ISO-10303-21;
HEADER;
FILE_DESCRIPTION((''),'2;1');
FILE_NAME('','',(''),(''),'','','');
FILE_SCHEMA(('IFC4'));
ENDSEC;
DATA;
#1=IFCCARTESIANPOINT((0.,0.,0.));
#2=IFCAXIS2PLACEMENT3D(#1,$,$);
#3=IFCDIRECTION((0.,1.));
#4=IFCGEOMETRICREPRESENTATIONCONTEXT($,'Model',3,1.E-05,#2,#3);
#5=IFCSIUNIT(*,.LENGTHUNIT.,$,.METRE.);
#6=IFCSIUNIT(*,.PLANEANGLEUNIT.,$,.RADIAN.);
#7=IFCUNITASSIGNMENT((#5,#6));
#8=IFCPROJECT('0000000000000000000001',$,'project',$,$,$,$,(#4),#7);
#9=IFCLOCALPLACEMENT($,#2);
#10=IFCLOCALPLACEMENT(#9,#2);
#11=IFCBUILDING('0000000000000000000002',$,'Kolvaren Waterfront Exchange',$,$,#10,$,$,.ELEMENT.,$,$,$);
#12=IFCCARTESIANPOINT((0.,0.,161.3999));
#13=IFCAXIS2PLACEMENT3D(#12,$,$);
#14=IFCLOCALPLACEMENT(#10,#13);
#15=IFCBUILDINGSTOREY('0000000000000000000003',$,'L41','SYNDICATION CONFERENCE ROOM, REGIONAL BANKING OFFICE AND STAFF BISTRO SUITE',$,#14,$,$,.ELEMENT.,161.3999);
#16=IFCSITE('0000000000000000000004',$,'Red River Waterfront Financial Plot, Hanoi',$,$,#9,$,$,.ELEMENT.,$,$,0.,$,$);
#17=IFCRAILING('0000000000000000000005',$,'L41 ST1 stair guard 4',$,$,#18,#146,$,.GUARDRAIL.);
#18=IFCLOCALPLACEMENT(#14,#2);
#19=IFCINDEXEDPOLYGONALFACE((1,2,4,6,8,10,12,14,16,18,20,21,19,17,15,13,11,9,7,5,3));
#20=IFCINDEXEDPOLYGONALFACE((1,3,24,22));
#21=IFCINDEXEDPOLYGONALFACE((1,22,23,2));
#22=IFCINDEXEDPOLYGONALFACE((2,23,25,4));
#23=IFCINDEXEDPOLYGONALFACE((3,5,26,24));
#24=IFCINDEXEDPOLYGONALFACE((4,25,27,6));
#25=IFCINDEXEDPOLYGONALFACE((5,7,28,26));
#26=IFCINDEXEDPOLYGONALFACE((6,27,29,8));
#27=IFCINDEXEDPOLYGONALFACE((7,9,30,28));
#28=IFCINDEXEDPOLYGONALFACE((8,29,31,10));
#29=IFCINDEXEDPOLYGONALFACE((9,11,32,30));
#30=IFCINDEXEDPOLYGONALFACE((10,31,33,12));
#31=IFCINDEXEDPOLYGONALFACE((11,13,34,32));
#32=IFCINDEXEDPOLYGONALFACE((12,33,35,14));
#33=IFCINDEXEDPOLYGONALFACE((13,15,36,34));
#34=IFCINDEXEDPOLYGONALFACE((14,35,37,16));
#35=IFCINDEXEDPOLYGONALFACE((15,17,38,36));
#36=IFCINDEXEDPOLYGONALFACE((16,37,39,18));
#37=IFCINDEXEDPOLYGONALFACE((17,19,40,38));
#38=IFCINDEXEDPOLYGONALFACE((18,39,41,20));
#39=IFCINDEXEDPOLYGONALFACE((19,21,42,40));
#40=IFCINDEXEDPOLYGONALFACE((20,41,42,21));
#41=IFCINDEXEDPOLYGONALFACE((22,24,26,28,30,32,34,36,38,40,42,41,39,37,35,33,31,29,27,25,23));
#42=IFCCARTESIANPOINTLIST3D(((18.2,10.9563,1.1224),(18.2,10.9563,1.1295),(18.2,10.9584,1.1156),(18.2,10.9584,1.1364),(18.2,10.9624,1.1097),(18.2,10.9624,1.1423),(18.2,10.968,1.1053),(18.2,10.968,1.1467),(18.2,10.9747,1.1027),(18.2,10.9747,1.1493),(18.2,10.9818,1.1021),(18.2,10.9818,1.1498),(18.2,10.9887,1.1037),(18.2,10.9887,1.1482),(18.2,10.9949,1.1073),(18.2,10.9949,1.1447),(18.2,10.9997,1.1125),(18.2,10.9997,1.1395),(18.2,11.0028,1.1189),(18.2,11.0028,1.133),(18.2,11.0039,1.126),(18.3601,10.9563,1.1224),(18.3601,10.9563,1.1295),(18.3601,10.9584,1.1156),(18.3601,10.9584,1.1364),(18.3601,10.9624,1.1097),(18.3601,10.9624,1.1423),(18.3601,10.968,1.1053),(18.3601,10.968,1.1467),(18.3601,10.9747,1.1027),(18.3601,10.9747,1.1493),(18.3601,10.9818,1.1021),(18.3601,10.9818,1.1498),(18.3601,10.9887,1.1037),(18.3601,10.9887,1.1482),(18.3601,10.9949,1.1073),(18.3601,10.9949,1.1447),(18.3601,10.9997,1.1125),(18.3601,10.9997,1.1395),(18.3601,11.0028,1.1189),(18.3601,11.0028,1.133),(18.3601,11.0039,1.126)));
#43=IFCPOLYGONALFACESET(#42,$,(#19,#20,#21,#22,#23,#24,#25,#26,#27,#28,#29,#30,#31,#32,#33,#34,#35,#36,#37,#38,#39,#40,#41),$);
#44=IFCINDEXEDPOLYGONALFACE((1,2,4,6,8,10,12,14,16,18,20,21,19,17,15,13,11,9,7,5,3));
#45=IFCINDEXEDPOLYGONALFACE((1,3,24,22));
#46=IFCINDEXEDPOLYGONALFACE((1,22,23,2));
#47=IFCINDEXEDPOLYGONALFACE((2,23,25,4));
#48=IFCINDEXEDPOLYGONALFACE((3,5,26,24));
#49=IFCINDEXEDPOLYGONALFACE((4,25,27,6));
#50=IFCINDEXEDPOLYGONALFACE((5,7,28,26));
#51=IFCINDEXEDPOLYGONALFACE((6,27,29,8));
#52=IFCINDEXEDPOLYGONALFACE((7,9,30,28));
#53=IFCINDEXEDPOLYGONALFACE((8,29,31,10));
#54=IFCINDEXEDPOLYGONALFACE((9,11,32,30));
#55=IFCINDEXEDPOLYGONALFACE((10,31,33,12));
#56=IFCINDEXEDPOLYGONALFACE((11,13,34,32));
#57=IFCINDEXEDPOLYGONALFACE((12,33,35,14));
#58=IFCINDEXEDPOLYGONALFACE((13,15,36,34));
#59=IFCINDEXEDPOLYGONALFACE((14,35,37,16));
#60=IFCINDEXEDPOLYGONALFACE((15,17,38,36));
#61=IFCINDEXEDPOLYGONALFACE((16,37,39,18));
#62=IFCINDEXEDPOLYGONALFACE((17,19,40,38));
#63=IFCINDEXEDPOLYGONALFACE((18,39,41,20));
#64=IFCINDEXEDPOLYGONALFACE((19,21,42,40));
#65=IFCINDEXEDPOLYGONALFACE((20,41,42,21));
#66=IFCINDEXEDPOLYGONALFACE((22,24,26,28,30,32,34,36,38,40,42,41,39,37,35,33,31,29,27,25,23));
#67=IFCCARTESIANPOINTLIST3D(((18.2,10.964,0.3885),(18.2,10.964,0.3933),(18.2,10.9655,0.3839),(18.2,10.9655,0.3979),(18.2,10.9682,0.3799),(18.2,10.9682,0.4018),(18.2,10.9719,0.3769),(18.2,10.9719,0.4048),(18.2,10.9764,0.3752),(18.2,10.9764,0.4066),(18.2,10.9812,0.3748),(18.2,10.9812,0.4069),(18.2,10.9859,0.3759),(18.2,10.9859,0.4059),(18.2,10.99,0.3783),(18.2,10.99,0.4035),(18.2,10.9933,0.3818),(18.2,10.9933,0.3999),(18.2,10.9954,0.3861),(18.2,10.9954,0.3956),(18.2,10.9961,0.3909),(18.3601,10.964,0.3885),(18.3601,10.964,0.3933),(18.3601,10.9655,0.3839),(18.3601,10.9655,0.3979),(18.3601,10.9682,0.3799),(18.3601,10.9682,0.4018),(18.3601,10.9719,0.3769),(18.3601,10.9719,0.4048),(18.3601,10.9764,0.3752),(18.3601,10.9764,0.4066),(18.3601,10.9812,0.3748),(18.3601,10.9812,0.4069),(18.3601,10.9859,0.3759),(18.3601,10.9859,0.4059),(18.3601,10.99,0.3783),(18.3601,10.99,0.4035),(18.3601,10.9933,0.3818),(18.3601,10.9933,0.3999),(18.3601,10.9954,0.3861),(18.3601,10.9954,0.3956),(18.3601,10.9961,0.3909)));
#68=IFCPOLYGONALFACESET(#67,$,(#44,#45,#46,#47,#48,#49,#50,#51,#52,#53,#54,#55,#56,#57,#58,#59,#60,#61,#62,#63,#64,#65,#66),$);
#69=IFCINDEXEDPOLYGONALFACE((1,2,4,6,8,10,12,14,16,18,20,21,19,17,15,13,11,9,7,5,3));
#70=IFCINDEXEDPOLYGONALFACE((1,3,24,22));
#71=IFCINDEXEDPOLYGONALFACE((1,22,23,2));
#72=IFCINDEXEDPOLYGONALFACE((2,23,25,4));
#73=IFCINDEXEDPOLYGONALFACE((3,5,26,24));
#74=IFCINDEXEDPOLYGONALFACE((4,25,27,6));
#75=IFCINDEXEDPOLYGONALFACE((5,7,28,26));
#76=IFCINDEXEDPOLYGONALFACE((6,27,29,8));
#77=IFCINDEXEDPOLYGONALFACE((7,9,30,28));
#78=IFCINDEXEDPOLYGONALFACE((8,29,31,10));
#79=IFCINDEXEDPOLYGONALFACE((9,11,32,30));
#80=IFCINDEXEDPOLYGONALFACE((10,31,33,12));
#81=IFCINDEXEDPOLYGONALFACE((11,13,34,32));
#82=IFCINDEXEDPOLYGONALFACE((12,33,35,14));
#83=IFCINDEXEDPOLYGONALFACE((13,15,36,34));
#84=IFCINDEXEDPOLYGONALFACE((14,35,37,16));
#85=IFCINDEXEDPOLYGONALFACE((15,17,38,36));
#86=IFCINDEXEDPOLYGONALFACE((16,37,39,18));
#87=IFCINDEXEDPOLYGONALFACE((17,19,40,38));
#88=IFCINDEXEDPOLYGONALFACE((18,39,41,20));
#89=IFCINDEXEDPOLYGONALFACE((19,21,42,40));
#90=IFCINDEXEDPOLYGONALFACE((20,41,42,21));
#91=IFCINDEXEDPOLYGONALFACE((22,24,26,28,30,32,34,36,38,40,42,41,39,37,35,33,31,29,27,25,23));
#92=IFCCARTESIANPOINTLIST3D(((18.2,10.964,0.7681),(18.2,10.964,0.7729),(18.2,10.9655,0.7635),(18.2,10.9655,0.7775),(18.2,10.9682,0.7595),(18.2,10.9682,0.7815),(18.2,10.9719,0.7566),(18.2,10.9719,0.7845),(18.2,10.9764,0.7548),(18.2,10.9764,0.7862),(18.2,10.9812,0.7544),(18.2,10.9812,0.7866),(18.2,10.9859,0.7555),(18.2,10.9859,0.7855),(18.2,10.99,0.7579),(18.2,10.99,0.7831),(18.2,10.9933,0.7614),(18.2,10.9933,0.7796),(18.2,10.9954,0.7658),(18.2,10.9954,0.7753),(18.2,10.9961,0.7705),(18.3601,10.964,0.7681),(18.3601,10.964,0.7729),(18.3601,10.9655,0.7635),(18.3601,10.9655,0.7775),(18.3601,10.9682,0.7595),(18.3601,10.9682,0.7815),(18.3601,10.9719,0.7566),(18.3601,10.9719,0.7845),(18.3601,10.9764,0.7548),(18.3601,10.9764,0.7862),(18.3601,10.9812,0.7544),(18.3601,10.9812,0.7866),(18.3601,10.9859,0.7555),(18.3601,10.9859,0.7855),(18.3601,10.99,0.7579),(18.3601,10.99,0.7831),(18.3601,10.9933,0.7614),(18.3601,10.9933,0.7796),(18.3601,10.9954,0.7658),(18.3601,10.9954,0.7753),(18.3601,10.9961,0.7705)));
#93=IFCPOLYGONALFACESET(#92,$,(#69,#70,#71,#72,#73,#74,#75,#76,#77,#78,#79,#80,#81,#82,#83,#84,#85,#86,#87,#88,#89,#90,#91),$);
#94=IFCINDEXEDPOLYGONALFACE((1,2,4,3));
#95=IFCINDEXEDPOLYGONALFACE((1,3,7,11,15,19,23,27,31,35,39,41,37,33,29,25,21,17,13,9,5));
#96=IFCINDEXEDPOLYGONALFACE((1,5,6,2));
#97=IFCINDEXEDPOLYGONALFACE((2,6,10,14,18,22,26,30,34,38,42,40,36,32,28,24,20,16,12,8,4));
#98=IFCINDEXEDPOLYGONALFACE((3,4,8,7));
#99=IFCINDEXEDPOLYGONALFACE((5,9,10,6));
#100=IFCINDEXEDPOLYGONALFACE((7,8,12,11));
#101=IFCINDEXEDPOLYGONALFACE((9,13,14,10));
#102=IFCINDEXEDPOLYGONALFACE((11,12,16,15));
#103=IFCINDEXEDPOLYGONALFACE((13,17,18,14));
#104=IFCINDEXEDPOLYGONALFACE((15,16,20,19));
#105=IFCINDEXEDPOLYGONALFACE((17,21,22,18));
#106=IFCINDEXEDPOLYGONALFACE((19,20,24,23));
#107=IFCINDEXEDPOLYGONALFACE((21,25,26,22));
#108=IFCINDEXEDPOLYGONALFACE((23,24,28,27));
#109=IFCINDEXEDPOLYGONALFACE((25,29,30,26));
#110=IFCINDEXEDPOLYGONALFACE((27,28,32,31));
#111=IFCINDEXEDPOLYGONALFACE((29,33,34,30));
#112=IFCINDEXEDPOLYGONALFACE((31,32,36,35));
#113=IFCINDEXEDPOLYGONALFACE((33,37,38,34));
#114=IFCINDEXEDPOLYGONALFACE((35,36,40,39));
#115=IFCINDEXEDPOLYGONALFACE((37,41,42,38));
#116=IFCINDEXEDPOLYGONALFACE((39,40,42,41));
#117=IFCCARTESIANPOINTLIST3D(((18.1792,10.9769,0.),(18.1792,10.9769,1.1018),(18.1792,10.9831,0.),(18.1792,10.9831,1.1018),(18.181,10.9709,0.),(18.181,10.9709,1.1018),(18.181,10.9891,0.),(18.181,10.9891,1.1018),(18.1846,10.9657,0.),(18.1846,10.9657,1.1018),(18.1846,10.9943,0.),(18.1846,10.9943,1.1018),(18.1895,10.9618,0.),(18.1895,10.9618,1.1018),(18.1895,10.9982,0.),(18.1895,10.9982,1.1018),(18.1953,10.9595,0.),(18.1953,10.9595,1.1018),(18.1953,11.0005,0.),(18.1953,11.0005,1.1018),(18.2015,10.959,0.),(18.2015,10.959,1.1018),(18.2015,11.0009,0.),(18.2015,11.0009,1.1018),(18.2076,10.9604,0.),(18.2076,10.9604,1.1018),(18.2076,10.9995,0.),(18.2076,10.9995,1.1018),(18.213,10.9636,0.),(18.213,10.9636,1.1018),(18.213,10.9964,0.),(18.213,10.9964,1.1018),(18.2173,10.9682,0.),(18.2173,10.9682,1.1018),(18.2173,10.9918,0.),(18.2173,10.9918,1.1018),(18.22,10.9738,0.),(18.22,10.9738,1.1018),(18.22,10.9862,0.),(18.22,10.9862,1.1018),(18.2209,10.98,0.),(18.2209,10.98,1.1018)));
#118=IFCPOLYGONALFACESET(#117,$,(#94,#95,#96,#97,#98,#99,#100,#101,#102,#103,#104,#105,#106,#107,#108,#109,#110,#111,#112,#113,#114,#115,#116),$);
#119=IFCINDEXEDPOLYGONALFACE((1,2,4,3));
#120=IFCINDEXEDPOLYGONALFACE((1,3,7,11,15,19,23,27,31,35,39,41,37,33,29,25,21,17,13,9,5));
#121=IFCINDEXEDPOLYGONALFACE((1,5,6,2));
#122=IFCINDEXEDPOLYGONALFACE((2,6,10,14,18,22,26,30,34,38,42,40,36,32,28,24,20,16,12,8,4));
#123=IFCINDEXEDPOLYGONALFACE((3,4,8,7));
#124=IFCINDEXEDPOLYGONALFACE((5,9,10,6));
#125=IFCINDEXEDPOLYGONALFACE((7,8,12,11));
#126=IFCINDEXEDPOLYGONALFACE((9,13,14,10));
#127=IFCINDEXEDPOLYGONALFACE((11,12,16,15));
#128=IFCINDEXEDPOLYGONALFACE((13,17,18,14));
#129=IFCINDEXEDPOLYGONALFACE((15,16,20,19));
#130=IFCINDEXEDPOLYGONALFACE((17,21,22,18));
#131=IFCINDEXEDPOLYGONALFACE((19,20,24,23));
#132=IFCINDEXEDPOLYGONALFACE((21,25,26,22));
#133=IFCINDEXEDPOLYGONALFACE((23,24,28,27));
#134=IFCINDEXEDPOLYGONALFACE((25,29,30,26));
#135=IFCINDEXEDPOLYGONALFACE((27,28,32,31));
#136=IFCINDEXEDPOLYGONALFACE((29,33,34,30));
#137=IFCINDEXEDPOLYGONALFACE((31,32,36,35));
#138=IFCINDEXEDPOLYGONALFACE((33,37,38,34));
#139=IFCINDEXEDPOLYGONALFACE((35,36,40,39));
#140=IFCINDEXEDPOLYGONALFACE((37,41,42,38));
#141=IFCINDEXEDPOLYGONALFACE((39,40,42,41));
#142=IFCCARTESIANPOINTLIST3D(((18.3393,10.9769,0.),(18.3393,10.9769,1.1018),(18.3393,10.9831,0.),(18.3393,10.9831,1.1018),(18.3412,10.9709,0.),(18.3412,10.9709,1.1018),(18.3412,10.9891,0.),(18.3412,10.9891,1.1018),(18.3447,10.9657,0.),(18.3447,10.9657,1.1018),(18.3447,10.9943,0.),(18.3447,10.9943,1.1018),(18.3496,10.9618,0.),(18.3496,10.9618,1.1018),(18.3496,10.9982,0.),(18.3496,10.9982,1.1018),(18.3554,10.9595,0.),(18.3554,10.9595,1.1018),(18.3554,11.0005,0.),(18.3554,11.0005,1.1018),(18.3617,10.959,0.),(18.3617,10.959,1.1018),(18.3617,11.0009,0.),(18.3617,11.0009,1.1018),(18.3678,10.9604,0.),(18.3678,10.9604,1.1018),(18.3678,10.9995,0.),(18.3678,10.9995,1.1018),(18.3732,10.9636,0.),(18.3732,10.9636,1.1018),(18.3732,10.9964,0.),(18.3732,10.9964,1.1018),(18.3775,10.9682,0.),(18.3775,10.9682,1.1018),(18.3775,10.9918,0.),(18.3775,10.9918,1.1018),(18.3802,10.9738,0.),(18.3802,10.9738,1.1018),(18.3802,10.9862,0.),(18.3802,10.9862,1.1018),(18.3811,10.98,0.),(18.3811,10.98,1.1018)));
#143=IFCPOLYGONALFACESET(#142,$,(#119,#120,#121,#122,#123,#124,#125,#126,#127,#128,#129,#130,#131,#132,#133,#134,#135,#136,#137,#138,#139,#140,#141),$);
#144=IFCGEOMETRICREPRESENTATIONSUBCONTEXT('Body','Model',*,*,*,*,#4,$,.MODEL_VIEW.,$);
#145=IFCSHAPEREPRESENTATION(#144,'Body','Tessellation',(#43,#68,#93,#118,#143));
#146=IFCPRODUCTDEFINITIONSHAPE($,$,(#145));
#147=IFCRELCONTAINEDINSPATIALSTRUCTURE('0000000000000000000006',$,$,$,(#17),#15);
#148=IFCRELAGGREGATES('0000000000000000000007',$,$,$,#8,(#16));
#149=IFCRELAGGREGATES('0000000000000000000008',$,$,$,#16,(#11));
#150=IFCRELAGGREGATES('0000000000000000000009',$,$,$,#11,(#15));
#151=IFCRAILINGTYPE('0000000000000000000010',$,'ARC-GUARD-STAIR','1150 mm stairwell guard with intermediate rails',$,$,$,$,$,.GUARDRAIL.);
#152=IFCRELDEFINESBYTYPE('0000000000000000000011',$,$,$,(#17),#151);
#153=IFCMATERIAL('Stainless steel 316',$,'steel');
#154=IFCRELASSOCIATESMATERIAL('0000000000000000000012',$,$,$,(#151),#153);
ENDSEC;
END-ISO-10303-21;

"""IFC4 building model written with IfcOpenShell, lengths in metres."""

from ifc_helpers import new_model, si_unit, direction, frame, origin, origin_2d, place, context, subcontext, project, spatial, circle, extrude, material, type_object, element, save


model = new_model("IFC4")

# Units and contexts
model_context = context("Model", 3, precision=1e-05, world=origin(), true_north=direction((0.0, 1.0)))
body_context = subcontext(model_context, "Body", "Model", "MODEL_VIEW")
ifc_project = project(units=[si_unit("LENGTHUNIT", "METRE"), si_unit("PLANEANGLEUNIT", "RADIAN")], contexts=[model_context])

# Site, building, storey
site_placement = place(None, origin())
site = spatial("IfcSite", under=ifc_project, at=site_placement, Name="Red River Waterfront Financial Plot, Hanoi", CompositionType="ELEMENT", RefElevation=0.0)
building_placement = place(site_placement, origin())
building = spatial("IfcBuilding", under=site, at=building_placement, Name="Kolvaren Waterfront Exchange", CompositionType="ELEMENT")
storey_placement = place(building_placement, frame((0.0, 0.0, 161.3999)))
storey = spatial("IfcBuildingStorey", under=building, at=storey_placement, Name="L41", Description="SYNDICATION CONFERENCE ROOM, REGIONAL BANKING OFFICE AND STAFF BISTRO SUITE", CompositionType="ELEMENT", Elevation=161.3999)

# Railing
ifc_material_1 = material(Name="Stainless steel 316", Category="steel")
railing_type_1 = type_object("IfcRailingType", Name="ARC-GUARD-STAIR", Description="1150 mm stairwell guard with intermediate rails", PredefinedType="GUARDRAIL", material=ifc_material_1)
railing_1_placement = place(storey_placement, frame((18.2, 10.98, 0.0)))
element("IfcRailing", 1, at=railing_1_placement, inside=storey, type_object=railing_type_1, Name="L41 ST1 stair guard 4", PredefinedType="GUARDRAIL", context=body_context, shape_type="SweptSolid", body=[
    extrude(circle(Radius=0.0239, at=origin_2d()), frame((0.0, 0.0, 1.126), z_axis=(1.0, 0.0, 0.0), x_axis=(0.0, 1.0, 0.0)), (0.0, 0.0, 1.0), 0.1602),
    extrude(circle(Radius=0.0161, at=origin_2d()), frame((0.0, 0.0, 0.3909), z_axis=(1.0, 0.0, 0.0), x_axis=(0.0, 1.0, 0.0)), (0.0, 0.0, 1.0), 0.1602),
    extrude(circle(Radius=0.0161, at=origin_2d()), frame((0.0, 0.0, 0.7705), z_axis=(1.0, 0.0, 0.0), x_axis=(0.0, 1.0, 0.0)), (0.0, 0.0, 1.0), 0.1602),
    extrude(circle(Radius=0.021, at=origin_2d()), origin(), (0.0, 0.0, 1.0), 1.1018),
    extrude(circle(Radius=0.021, at=origin_2d()), frame((0.1602, 0.0, 0.0)), (0.0, 0.0, 1.0), 1.1018),
])

save(model, "model.ifc")
